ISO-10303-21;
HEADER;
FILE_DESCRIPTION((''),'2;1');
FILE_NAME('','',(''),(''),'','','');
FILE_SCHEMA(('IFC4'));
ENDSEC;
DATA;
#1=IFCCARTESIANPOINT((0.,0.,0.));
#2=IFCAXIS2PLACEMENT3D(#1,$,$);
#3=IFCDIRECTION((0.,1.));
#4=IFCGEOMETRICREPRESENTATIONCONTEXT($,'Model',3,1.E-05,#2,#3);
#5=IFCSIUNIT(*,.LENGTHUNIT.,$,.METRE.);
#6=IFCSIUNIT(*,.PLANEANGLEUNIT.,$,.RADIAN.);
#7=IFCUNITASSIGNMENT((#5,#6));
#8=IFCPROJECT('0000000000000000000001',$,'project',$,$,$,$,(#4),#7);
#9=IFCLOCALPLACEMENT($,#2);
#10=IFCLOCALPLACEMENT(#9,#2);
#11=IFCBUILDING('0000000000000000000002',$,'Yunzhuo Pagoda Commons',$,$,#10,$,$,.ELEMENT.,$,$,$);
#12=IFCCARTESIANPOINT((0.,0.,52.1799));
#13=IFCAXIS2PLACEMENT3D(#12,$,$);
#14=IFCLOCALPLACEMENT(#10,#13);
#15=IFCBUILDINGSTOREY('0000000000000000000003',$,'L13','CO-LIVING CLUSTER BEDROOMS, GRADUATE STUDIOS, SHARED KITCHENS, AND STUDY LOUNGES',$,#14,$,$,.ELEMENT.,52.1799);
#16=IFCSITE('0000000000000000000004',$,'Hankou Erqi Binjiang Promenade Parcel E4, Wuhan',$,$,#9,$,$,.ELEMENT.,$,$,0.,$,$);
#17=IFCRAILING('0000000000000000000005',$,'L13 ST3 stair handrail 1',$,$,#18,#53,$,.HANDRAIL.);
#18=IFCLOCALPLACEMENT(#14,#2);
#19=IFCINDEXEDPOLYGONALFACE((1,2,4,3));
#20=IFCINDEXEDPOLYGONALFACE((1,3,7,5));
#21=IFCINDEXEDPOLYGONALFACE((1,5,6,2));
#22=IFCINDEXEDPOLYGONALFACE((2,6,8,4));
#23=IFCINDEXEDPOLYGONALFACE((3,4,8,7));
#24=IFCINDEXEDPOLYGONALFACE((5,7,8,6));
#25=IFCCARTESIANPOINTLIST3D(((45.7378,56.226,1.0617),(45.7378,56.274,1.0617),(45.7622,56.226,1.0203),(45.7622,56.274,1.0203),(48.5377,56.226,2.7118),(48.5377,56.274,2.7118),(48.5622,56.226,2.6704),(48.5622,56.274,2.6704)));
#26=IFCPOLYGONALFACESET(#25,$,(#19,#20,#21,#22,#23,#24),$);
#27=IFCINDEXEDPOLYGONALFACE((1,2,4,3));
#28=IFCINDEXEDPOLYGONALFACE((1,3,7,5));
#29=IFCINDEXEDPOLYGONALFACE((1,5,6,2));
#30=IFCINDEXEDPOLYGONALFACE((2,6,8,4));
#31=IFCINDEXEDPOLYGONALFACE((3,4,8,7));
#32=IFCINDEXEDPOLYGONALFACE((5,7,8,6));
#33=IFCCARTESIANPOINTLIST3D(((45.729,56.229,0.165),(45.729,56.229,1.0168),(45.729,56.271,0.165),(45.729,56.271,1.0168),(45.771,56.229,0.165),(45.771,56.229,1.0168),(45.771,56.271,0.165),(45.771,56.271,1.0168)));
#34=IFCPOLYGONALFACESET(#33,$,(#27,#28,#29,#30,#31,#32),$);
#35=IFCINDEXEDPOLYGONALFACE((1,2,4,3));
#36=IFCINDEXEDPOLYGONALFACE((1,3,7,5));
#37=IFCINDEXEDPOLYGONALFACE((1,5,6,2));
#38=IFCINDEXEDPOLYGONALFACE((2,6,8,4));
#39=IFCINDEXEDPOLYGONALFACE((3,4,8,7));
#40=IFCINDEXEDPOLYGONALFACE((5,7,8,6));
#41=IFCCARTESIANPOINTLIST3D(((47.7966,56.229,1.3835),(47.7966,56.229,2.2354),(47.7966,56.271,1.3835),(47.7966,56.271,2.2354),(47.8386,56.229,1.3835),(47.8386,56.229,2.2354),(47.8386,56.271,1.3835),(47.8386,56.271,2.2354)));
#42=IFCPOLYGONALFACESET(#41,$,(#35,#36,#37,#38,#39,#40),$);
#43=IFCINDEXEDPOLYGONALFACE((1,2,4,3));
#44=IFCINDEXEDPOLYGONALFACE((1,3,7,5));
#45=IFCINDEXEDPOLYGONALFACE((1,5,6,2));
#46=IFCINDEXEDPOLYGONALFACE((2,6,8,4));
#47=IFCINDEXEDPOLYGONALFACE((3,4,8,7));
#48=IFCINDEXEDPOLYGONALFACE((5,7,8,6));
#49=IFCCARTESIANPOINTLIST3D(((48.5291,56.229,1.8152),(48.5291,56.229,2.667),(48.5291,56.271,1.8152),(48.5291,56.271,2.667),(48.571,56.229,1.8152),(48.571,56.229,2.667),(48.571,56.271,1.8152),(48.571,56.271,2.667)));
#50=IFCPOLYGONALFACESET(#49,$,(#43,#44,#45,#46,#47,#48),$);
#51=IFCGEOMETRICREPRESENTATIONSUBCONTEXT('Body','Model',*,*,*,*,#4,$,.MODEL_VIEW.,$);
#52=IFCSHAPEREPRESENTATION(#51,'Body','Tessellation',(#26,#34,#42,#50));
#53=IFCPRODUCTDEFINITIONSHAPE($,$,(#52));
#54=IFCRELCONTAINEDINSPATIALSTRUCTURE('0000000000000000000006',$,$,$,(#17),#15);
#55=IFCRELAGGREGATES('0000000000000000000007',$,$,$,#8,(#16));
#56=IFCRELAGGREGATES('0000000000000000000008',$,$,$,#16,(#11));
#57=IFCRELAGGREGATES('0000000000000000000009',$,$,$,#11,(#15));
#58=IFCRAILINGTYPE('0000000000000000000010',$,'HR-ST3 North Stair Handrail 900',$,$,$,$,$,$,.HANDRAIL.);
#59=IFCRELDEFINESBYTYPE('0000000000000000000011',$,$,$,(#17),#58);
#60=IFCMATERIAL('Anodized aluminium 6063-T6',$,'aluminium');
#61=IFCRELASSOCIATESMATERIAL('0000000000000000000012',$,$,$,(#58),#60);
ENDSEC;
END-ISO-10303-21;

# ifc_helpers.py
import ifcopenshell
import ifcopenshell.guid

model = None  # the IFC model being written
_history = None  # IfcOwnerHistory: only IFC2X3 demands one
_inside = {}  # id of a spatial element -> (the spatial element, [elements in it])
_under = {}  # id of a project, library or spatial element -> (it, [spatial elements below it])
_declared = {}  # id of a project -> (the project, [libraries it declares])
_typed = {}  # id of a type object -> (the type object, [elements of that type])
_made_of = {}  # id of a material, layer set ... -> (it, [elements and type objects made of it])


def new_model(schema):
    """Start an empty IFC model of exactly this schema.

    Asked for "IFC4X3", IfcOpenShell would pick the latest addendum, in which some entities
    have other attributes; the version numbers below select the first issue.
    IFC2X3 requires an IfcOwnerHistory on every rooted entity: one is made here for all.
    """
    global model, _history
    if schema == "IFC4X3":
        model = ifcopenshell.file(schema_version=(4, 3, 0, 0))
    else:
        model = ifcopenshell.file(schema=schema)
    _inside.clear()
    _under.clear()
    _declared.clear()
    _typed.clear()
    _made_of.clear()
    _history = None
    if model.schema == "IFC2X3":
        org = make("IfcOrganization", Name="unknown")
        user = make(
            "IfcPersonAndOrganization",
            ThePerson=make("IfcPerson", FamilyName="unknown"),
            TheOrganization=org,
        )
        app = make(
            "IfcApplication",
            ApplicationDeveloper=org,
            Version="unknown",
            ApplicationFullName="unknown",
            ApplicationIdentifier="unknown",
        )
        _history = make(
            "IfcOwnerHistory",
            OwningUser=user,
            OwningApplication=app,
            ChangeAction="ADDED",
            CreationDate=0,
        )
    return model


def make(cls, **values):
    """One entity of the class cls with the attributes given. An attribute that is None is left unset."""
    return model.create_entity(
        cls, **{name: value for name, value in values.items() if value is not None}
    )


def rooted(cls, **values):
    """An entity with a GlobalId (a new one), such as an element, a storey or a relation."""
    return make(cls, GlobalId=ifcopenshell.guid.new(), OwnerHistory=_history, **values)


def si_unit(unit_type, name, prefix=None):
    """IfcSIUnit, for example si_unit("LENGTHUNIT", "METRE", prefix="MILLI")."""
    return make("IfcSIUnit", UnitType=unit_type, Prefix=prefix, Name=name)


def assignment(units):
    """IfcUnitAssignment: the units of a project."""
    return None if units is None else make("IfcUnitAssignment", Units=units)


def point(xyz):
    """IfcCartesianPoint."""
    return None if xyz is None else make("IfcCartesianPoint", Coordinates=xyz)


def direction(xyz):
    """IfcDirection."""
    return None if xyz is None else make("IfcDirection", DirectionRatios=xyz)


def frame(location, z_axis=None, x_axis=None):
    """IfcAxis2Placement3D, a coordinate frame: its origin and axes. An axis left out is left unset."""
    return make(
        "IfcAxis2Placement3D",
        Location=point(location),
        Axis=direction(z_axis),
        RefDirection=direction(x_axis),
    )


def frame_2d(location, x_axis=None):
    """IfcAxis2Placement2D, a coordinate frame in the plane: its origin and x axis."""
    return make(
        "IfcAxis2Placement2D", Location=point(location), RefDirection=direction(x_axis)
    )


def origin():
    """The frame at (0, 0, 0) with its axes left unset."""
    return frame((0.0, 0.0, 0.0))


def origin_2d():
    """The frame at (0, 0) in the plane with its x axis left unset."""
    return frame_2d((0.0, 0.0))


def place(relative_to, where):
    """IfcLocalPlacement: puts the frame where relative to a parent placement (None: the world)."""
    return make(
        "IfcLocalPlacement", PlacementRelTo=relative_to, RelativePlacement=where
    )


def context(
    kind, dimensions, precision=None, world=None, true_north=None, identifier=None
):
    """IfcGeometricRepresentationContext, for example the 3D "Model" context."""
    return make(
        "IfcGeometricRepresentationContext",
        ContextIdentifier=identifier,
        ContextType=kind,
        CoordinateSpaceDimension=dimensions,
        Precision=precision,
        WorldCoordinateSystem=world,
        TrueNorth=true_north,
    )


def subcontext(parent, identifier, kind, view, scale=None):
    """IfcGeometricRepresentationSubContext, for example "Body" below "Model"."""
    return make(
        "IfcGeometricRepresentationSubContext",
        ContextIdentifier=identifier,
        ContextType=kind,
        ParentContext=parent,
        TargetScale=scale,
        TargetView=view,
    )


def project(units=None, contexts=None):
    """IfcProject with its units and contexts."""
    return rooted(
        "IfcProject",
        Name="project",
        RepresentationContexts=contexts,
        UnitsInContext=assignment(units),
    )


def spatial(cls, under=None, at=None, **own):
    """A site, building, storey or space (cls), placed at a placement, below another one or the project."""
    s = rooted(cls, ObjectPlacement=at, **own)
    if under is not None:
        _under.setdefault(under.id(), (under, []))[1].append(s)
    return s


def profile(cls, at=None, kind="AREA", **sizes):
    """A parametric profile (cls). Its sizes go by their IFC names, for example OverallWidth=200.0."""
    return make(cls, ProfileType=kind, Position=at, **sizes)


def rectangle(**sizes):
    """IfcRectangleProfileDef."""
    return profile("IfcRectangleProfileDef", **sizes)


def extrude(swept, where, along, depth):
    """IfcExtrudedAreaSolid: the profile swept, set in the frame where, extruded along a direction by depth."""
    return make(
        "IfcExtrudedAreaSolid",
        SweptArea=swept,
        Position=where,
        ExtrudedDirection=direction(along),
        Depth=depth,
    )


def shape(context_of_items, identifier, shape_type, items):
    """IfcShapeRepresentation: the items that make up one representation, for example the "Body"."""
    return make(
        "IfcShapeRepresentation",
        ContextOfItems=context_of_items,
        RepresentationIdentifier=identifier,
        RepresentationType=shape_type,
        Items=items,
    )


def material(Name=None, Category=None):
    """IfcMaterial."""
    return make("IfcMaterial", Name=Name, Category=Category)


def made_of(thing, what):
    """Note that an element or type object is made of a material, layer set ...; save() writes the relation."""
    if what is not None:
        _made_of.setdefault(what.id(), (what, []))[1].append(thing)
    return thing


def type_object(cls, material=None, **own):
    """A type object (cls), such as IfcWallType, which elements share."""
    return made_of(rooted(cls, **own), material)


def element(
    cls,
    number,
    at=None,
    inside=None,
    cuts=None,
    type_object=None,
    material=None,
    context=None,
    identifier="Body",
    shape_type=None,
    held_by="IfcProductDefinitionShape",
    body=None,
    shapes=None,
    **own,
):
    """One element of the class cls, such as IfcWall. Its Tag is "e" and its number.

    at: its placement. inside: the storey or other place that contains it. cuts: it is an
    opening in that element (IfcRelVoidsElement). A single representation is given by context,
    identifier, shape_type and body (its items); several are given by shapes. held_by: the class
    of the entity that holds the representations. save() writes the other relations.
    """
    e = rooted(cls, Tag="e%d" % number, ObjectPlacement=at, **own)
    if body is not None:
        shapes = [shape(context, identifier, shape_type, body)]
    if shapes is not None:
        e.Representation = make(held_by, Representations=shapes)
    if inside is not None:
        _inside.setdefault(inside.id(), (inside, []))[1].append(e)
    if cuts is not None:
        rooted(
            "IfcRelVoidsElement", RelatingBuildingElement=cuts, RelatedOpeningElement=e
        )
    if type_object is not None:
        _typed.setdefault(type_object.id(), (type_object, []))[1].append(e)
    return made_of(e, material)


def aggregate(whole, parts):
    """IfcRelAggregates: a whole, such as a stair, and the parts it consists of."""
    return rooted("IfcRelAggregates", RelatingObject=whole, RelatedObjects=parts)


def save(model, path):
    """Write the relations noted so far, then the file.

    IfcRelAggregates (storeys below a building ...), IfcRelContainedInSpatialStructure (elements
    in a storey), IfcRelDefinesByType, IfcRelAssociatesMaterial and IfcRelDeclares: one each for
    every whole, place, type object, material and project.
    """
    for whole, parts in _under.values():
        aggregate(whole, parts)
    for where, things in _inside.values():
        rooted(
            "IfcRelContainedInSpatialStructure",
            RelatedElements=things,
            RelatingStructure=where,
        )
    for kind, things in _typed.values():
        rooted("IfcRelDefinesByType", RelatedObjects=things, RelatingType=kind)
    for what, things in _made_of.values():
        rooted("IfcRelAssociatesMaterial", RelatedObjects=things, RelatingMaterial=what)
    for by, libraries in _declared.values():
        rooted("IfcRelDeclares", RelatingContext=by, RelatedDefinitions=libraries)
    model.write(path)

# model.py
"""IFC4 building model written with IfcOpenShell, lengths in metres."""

from ifc_helpers import new_model, si_unit, direction, frame, origin, origin_2d, place, context, subcontext, project, spatial, rectangle, extrude, material, type_object, element, save


model = new_model("IFC4")

# Units and contexts
model_context = context("Model", 3, precision=1e-05, world=origin(), true_north=direction((0.0, 1.0)))
body_context = subcontext(model_context, "Body", "Model", "MODEL_VIEW")
ifc_project = project(units=[si_unit("LENGTHUNIT", "METRE"), si_unit("PLANEANGLEUNIT", "RADIAN")], contexts=[model_context])

# Site, building, storey
site_placement = place(None, origin())
site = spatial("IfcSite", under=ifc_project, at=site_placement, Name="Hankou Erqi Binjiang Promenade Parcel E4, Wuhan", CompositionType="ELEMENT", RefElevation=0.0)
building_placement = place(site_placement, origin())
building = spatial("IfcBuilding", under=site, at=building_placement, Name="Yunzhuo Pagoda Commons", CompositionType="ELEMENT")
storey_placement = place(building_placement, frame((0.0, 0.0, 52.1799)))
storey = spatial("IfcBuildingStorey", under=building, at=storey_placement, Name="L13", Description="CO-LIVING CLUSTER BEDROOMS, GRADUATE STUDIOS, SHARED KITCHENS, AND STUDY LOUNGES", CompositionType="ELEMENT", Elevation=52.1799)

# Shared definitions
ifc_material_1 = material(Name="Anodized aluminium 6063-T6", Category="aluminium")

# Railing
railing_type_1 = type_object("IfcRailingType", Name="HR-ST3 North Stair Handrail 900", PredefinedType="HANDRAIL", material=ifc_material_1)
railing_1_placement = place(storey_placement, frame((45.75, 56.25, 0.165)))
element("IfcRailing", 1, at=railing_1_placement, inside=storey, type_object=railing_type_1, Name="L13 ST3 stair handrail 1", PredefinedType="HANDRAIL", context=body_context, shape_type="SweptSolid", body=[
    extrude(rectangle(XDim=0.0481, YDim=0.0481, at=origin_2d()), frame((0.0, 0.0, 0.876), z_axis=(0.861523, 0.0, 0.507719), x_axis=(0.0, 1.0, 0.0)), (0.0, 0.0, 1.0), 3.25),
    extrude(rectangle(XDim=0.042, YDim=0.042, at=origin_2d()), origin(), (0.0, 0.0, 1.0), 0.8518),
    extrude(rectangle(XDim=0.042, YDim=0.042, at=origin_2d()), frame((2.0676, 0.0, 1.2185)), (0.0, 0.0, 1.0), 0.8518),
    extrude(rectangle(XDim=0.042, YDim=0.042, at=origin_2d()), frame((2.8, 0.0, 1.6501)), (0.0, 0.0, 1.0), 0.8518),
])

save(model, "model.ifc")
